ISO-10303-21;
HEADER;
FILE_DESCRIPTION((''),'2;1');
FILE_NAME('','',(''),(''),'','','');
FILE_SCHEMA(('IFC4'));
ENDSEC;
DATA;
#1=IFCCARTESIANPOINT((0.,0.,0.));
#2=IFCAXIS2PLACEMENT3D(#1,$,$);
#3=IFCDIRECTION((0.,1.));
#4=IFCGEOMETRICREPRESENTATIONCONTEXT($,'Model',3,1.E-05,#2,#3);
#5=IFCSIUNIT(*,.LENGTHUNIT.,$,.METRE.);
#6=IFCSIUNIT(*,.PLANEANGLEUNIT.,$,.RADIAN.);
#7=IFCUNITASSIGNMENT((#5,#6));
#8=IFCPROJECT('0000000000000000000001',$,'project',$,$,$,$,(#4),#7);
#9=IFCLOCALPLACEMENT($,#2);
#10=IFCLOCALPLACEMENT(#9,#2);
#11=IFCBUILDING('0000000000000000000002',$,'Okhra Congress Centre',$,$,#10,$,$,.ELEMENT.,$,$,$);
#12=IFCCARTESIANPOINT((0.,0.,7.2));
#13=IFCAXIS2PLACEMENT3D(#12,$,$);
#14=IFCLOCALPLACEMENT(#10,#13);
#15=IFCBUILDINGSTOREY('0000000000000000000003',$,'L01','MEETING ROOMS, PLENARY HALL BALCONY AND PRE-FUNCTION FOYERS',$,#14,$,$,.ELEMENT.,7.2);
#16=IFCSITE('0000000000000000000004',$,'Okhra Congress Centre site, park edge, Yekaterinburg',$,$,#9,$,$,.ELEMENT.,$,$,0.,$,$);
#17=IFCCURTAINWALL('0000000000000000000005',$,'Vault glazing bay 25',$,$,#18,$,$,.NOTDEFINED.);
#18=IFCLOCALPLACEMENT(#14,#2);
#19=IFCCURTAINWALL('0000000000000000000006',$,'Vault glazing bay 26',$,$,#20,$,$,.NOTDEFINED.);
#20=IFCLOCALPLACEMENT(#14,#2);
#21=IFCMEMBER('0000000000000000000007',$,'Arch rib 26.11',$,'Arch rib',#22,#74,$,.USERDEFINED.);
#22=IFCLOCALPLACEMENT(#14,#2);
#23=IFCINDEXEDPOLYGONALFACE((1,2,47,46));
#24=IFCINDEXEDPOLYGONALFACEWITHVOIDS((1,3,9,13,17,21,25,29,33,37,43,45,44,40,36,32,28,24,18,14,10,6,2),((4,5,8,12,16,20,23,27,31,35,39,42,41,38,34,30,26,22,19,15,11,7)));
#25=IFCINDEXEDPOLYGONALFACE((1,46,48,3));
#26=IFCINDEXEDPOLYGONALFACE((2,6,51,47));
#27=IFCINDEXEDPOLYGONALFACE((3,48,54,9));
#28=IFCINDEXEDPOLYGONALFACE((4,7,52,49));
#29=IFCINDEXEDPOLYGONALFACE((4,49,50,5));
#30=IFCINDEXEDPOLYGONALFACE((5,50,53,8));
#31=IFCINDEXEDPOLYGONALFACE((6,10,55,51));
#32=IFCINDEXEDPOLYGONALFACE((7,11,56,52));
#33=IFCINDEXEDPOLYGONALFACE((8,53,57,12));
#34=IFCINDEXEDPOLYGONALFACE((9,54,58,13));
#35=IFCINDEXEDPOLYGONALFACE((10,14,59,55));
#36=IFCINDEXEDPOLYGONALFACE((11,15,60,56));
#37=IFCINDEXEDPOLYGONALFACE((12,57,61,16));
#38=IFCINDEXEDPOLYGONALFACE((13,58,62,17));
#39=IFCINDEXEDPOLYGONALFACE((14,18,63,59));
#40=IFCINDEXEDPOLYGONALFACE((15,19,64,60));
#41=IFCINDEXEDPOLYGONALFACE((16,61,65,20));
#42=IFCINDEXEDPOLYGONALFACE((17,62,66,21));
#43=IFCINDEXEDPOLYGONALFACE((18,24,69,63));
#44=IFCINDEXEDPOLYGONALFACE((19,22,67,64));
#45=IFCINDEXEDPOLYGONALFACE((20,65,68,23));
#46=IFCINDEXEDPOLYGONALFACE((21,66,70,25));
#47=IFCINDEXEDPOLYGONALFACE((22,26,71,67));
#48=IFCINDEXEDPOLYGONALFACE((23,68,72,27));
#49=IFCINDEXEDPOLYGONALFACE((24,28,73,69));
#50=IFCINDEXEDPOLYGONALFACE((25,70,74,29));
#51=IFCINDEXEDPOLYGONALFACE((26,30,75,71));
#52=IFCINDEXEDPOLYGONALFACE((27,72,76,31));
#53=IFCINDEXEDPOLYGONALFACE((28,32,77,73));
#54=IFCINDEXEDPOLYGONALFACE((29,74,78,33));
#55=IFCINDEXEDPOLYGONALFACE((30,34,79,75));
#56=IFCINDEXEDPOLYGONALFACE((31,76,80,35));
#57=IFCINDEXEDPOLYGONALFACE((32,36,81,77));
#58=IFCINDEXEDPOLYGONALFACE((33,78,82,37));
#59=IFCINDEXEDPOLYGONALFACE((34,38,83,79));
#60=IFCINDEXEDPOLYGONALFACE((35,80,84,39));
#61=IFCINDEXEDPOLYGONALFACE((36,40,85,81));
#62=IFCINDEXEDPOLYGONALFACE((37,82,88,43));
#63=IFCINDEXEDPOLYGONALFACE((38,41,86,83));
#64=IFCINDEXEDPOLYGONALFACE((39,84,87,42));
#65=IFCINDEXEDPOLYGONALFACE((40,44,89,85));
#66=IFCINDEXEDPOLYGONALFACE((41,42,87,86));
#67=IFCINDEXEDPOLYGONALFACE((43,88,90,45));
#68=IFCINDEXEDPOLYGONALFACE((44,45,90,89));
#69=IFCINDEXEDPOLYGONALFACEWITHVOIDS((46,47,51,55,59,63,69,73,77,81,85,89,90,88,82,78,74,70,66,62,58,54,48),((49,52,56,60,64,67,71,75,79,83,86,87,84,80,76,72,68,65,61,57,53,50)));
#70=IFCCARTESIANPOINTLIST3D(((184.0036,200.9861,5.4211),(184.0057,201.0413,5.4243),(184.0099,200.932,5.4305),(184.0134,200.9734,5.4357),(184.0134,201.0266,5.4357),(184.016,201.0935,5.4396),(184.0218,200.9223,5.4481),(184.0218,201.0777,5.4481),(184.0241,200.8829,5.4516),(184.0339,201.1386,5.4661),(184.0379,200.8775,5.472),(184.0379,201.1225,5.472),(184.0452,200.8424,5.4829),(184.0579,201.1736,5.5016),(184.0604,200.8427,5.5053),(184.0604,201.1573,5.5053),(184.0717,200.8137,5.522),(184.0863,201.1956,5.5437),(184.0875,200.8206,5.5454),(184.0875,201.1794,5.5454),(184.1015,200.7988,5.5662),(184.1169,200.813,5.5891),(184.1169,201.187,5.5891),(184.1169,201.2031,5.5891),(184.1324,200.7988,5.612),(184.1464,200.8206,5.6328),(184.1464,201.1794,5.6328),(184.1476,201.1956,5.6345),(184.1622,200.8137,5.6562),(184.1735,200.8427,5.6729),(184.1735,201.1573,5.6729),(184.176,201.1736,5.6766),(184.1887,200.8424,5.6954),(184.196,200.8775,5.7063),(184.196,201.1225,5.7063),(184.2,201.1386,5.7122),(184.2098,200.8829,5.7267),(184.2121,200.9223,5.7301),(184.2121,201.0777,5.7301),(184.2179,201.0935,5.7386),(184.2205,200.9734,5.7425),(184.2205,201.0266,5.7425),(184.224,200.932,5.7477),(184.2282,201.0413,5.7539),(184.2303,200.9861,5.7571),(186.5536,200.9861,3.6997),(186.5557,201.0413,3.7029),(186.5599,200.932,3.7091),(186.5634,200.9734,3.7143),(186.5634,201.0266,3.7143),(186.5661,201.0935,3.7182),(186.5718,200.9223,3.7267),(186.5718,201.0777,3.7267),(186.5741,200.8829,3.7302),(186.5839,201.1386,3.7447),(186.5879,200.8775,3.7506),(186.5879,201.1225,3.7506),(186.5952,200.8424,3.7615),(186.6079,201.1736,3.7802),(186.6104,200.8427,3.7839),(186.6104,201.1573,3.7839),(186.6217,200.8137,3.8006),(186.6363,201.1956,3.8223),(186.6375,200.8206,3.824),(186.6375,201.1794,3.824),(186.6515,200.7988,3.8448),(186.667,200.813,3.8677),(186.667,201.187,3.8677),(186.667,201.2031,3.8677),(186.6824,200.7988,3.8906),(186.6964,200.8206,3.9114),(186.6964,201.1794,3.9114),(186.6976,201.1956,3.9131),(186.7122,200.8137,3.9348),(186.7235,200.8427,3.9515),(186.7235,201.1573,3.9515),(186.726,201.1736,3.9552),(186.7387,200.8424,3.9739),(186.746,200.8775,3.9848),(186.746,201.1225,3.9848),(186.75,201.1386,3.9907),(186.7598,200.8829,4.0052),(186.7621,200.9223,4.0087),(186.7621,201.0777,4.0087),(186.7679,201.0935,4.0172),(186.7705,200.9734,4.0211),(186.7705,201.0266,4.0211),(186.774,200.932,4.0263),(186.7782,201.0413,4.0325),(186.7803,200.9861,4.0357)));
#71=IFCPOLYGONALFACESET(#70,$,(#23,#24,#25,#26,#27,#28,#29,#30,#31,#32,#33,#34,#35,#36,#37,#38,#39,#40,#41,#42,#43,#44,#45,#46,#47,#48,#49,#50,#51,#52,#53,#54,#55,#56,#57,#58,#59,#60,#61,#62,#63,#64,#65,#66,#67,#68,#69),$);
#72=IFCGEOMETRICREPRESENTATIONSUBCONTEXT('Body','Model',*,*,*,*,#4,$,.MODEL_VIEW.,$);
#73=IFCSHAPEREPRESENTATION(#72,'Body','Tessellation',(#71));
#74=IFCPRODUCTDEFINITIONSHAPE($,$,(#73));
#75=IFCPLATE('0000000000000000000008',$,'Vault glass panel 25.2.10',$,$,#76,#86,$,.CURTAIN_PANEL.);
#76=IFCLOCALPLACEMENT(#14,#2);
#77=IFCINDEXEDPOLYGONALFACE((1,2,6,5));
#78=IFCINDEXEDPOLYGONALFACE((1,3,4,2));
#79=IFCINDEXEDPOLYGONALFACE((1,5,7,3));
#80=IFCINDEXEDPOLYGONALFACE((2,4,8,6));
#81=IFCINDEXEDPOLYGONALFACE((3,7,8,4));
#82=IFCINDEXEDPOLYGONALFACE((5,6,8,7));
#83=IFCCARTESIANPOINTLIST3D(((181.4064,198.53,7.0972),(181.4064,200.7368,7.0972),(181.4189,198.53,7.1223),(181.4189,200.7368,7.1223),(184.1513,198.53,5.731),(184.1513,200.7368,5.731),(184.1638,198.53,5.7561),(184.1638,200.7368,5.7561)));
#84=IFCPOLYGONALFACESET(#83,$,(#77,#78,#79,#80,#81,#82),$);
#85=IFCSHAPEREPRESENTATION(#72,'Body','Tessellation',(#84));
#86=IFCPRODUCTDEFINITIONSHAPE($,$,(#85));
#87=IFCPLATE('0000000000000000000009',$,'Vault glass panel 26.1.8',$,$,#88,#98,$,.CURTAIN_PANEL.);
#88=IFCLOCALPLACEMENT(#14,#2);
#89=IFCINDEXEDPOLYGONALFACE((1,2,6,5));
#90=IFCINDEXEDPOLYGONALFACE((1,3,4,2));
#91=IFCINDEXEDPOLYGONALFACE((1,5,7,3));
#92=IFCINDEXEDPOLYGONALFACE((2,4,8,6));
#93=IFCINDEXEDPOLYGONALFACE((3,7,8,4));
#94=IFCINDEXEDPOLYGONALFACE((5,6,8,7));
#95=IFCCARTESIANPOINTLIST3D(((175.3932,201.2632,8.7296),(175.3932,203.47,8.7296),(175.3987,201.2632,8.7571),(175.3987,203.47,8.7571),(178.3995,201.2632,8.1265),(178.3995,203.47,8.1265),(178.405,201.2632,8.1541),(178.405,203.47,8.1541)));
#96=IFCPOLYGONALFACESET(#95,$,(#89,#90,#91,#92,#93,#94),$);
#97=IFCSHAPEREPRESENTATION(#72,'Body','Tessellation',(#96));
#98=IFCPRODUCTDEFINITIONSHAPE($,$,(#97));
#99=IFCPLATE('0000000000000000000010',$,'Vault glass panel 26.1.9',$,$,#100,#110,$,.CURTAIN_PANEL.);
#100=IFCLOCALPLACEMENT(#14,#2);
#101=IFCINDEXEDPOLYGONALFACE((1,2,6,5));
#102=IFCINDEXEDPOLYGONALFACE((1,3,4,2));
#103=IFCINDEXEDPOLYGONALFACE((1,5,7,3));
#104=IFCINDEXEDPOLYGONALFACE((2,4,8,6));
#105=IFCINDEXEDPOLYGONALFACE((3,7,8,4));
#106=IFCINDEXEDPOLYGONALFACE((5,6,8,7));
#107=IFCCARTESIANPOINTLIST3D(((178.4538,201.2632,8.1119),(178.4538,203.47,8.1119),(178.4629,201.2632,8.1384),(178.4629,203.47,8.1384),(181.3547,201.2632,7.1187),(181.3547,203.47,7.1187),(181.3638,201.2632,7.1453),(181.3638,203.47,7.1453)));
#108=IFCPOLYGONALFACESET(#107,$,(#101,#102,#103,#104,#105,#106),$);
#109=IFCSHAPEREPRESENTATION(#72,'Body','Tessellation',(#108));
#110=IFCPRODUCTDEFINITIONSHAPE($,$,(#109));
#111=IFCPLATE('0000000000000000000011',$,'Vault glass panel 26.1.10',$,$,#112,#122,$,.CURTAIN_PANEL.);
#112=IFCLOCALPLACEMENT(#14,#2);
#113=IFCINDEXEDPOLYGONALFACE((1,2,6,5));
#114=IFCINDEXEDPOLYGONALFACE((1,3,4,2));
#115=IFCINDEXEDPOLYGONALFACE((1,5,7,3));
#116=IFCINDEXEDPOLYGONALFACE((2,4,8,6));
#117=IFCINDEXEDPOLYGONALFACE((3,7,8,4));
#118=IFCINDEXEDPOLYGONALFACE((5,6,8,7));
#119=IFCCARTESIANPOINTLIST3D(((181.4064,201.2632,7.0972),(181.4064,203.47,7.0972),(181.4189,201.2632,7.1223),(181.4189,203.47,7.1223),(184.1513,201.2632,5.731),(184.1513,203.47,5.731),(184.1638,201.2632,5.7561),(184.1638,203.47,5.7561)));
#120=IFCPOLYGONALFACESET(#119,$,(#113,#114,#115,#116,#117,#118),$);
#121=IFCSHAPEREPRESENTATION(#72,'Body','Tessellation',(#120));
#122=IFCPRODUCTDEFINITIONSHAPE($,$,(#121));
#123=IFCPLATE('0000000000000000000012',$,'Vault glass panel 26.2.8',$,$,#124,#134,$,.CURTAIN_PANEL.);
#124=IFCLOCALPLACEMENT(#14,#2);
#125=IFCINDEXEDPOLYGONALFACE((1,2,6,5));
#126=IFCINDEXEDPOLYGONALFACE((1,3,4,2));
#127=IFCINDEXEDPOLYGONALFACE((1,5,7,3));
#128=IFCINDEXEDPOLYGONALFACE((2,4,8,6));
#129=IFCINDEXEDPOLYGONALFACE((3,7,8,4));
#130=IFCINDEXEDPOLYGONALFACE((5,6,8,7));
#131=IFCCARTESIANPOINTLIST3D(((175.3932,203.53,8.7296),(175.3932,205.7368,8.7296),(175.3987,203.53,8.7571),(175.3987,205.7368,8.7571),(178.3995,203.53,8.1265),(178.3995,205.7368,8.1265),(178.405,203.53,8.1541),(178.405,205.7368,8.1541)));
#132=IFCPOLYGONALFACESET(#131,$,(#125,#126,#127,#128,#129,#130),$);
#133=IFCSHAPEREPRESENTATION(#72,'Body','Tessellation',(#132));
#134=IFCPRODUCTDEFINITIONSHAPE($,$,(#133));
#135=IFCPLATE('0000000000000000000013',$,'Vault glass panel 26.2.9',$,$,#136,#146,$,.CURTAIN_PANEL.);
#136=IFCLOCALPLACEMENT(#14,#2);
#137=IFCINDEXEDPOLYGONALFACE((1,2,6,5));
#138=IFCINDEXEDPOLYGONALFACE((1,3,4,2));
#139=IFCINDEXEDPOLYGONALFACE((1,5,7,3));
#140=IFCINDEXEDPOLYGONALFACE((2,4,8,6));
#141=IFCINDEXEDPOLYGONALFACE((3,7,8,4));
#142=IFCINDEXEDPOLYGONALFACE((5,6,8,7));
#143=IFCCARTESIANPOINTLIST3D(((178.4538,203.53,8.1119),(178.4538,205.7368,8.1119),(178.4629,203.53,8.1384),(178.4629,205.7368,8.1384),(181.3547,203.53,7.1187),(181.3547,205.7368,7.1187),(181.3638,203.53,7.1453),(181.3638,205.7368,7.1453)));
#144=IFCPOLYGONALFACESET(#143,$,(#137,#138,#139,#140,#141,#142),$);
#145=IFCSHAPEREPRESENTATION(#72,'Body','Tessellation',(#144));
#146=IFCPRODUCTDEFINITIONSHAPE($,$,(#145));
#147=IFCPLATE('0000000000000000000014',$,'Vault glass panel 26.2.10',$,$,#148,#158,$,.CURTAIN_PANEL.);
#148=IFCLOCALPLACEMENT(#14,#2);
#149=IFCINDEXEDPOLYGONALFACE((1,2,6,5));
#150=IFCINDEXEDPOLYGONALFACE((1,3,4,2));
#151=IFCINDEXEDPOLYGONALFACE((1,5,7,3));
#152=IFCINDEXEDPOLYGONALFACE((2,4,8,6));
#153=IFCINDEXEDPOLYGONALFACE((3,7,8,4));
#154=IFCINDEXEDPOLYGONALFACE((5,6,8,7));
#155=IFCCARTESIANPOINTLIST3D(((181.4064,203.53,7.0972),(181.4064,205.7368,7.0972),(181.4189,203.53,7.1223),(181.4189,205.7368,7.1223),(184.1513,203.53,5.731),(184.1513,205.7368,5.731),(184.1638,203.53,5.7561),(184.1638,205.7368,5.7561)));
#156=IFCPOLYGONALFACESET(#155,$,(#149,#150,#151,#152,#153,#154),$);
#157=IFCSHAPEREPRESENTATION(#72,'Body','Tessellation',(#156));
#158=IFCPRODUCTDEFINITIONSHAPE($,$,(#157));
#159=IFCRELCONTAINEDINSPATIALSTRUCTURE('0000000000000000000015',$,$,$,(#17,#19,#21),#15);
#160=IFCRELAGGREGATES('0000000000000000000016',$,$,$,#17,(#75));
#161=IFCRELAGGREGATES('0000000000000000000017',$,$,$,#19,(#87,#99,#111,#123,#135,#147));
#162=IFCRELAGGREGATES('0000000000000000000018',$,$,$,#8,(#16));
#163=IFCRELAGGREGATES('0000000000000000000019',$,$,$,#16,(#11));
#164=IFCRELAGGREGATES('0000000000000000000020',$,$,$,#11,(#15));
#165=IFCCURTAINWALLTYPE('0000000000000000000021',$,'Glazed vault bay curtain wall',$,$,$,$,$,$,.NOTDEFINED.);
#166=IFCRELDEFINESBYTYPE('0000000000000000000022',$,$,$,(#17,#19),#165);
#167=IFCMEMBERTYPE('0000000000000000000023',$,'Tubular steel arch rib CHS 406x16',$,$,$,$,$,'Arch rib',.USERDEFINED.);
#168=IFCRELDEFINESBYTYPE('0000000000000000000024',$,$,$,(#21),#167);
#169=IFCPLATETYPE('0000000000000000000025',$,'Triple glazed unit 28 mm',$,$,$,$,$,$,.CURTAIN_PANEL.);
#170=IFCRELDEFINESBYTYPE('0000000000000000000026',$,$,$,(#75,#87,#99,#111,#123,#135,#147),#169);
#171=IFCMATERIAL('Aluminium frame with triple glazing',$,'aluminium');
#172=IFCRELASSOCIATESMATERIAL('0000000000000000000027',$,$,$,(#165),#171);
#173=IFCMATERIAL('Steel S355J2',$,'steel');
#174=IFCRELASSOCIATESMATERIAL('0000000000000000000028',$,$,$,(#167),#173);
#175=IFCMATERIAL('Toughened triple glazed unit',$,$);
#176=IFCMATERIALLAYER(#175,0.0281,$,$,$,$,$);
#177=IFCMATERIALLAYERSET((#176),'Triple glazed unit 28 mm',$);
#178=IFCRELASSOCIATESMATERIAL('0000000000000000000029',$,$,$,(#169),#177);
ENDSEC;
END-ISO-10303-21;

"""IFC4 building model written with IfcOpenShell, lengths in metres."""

from ifc_helpers import new_model, si_unit, direction, frame, origin, origin_2d, place, context, subcontext, project, spatial, polyline, hollow_circle, outline, extrude, material, layer, layer_set, material_profile, profile_set, type_object, element, aggregate, save


model = new_model("IFC4")

# Units and contexts
model_context = context("Model", 3, precision=1e-05, world=origin(), true_north=direction((0.0, 1.0)))
body_context = subcontext(model_context, "Body", "Model", "MODEL_VIEW")
ifc_project = project(units=[si_unit("LENGTHUNIT", "METRE"), si_unit("PLANEANGLEUNIT", "RADIAN")], contexts=[model_context])

# Site, building, storey
site_placement = place(None, origin())
site = spatial("IfcSite", under=ifc_project, at=site_placement, Name="Okhra Congress Centre site, park edge, Yekaterinburg", CompositionType="ELEMENT", RefElevation=0.0)
building_placement = place(site_placement, origin())
building = spatial("IfcBuilding", under=site, at=building_placement, Name="Okhra Congress Centre", CompositionType="ELEMENT")
storey_placement = place(building_placement, frame((0.0, 0.0, 7.2)))
storey = spatial("IfcBuildingStorey", under=building, at=storey_placement, Name="L01", Description="MEETING ROOMS, PLENARY HALL BALCONY AND PRE-FUNCTION FOYERS", CompositionType="ELEMENT", Elevation=7.2)

# Curtain wall
ifc_material_1 = material(Name="Aluminium frame with triple glazing", Category="aluminium")
curtain_wall_type = type_object("IfcCurtainWallType", Name="Glazed vault bay curtain wall", PredefinedType="NOTDEFINED", material=ifc_material_1)
curtain_wall_1_placement = place(storey_placement, origin())
curtain_wall_1 = element("IfcCurtainWall", 1, at=curtain_wall_1_placement, inside=storey, type_object=curtain_wall_type, Name="Vault glazing bay 25", PredefinedType="NOTDEFINED")

# Curtain wall
curtain_wall_2_placement = place(storey_placement, origin())
curtain_wall_2 = element("IfcCurtainWall", 2, at=curtain_wall_2_placement, inside=storey, type_object=curtain_wall_type, Name="Vault glazing bay 26", PredefinedType="NOTDEFINED")

# Member
ifc_material_2 = material(Name="Steel S355J2", Category="steel")
ifc_material_profile_1 = material_profile(ifc_material_2, hollow_circle(Radius=0.2031, WallThickness=0.0161, at=origin_2d()), Name="CHS 406.4x16")
ifc_profile_set_1 = profile_set([ifc_material_profile_1], Name="Steel S355J2")
member_type_1 = type_object("IfcMemberType", Name="Tubular steel arch rib CHS 406x16", ElementType="Arch rib", PredefinedType="USERDEFINED", material=ifc_profile_set_1)
member_1_placement = place(storey_placement, frame((184.1169, 201.0, 5.5891), z_axis=(0.828826, 0.0, -0.559507), x_axis=(0.0, 1.0, 0.0)))
element("IfcMember", 3, at=member_1_placement, inside=storey, type_object=member_type_1, Name="Arch rib 26.11", ObjectType="Arch rib", PredefinedType="USERDEFINED", context=body_context, shape_type="SweptSolid", body=[
    extrude(hollow_circle(Radius=0.2031, WallThickness=0.0161, at=origin_2d()), origin(), (0.0, 0.0, 1.0), 3.0767),
])

# Plates
ifc_material_3 = material(Name="Toughened triple glazed unit")
ifc_layer = layer(ifc_material_3, 0.0281)
ifc_layer_set = layer_set([ifc_layer], Name="Triple glazed unit 28 mm")
plate_type = type_object("IfcPlateType", Name="Triple glazed unit 28 mm", PredefinedType="CURTAIN_PANEL", material=ifc_layer_set)
plate_1_placement = place(storey_placement, frame((181.4189, 198.53, 7.1223), z_axis=(0.445588, 0.0, 0.895238), x_axis=(0.895238, 0.0, -0.445588)))
plate_1 = element("IfcPlate", 4, at=plate_1_placement, type_object=plate_type, Name="Vault glass panel 25.2.10", PredefinedType="CURTAIN_PANEL", context=body_context, shape_type="SweptSolid", body=[
    extrude(outline(polyline([(0.0, 0.0), (3.0661, 0.0), (3.0661, 2.2068), (0.0, 2.2068), (0.0, 0.0)])), origin(), (0.0, 0.0, -1.0), 0.0281),
])
aggregate(curtain_wall_1, [plate_1])
plate_2_placement = place(storey_placement, frame((175.3987, 201.2632, 8.7571), z_axis=(0.196667, 0.0, 0.98047), x_axis=(0.98047, 0.0, -0.196667)))
plate_2 = element("IfcPlate", 5, at=plate_2_placement, type_object=plate_type, Name="Vault glass panel 26.1.8", PredefinedType="CURTAIN_PANEL", context=body_context, shape_type="SweptSolid", body=[
    extrude(outline(polyline([(0.0, 0.0), (3.0662, 0.0), (3.0662, 2.2068), (0.0, 2.2068), (0.0, 0.0)])), origin(), (0.0, 0.0, -1.0), 0.0281),
])
plate_3_placement = place(storey_placement, frame((178.4629, 201.2632, 8.1384), z_axis=(0.323909, 0.0, 0.946088), x_axis=(0.946088, 0.0, -0.323909)))
plate_3 = element("IfcPlate", 6, at=plate_3_placement, type_object=plate_type, Name="Vault glass panel 26.1.9", PredefinedType="CURTAIN_PANEL", context=body_context, shape_type="SweptSolid", body=[
    extrude(outline(polyline([(0.0, 0.0), (3.0662, 0.0), (3.0662, 2.2068), (0.0, 2.2068), (0.0, 0.0)])), origin(), (0.0, 0.0, -1.0), 0.0281),
])
plate_4_placement = place(storey_placement, frame((181.4189, 201.2632, 7.1223), z_axis=(0.445588, 0.0, 0.895238), x_axis=(0.895238, 0.0, -0.445588)))
plate_4 = element("IfcPlate", 7, at=plate_4_placement, type_object=plate_type, Name="Vault glass panel 26.1.10", PredefinedType="CURTAIN_PANEL", context=body_context, shape_type="SweptSolid", body=[
    extrude(outline(polyline([(0.0, 0.0), (3.0661, 0.0), (3.0661, 2.2068), (0.0, 2.2068), (0.0, 0.0)])), origin(), (0.0, 0.0, -1.0), 0.0281),
])
plate_5_placement = place(storey_placement, frame((175.3987, 203.53, 8.7571), z_axis=(0.196667, 0.0, 0.98047), x_axis=(0.98047, 0.0, -0.196667)))
plate_5 = element("IfcPlate", 8, at=plate_5_placement, type_object=plate_type, Name="Vault glass panel 26.2.8", PredefinedType="CURTAIN_PANEL", context=body_context, shape_type="SweptSolid", body=[
    extrude(outline(polyline([(0.0, 0.0), (3.0662, 0.0), (3.0662, 2.2068), (0.0, 2.2068), (0.0, 0.0)])), origin(), (0.0, 0.0, -1.0), 0.0281),
])
plate_6_placement = place(storey_placement, frame((178.4629, 203.53, 8.1384), z_axis=(0.323909, 0.0, 0.946088), x_axis=(0.946088, 0.0, -0.323909)))
plate_6 = element("IfcPlate", 9, at=plate_6_placement, type_object=plate_type, Name="Vault glass panel 26.2.9", PredefinedType="CURTAIN_PANEL", context=body_context, shape_type="SweptSolid", body=[
    extrude(outline(polyline([(0.0, 0.0), (3.0662, 0.0), (3.0662, 2.2068), (0.0, 2.2068), (0.0, 0.0)])), origin(), (0.0, 0.0, -1.0), 0.0281),
])
plate_7_placement = place(storey_placement, frame((181.4189, 203.53, 7.1223), z_axis=(0.445588, 0.0, 0.895238), x_axis=(0.895238, 0.0, -0.445588)))
plate_7 = element("IfcPlate", 10, at=plate_7_placement, type_object=plate_type, Name="Vault glass panel 26.2.10", PredefinedType="CURTAIN_PANEL", context=body_context, shape_type="SweptSolid", body=[
    extrude(outline(polyline([(0.0, 0.0), (3.0661, 0.0), (3.0661, 2.2068), (0.0, 2.2068), (0.0, 0.0)])), origin(), (0.0, 0.0, -1.0), 0.0281),
])
aggregate(curtain_wall_2, [plate_2, plate_3, plate_4, plate_5, plate_6, plate_7])

save(model, "model.ifc")
